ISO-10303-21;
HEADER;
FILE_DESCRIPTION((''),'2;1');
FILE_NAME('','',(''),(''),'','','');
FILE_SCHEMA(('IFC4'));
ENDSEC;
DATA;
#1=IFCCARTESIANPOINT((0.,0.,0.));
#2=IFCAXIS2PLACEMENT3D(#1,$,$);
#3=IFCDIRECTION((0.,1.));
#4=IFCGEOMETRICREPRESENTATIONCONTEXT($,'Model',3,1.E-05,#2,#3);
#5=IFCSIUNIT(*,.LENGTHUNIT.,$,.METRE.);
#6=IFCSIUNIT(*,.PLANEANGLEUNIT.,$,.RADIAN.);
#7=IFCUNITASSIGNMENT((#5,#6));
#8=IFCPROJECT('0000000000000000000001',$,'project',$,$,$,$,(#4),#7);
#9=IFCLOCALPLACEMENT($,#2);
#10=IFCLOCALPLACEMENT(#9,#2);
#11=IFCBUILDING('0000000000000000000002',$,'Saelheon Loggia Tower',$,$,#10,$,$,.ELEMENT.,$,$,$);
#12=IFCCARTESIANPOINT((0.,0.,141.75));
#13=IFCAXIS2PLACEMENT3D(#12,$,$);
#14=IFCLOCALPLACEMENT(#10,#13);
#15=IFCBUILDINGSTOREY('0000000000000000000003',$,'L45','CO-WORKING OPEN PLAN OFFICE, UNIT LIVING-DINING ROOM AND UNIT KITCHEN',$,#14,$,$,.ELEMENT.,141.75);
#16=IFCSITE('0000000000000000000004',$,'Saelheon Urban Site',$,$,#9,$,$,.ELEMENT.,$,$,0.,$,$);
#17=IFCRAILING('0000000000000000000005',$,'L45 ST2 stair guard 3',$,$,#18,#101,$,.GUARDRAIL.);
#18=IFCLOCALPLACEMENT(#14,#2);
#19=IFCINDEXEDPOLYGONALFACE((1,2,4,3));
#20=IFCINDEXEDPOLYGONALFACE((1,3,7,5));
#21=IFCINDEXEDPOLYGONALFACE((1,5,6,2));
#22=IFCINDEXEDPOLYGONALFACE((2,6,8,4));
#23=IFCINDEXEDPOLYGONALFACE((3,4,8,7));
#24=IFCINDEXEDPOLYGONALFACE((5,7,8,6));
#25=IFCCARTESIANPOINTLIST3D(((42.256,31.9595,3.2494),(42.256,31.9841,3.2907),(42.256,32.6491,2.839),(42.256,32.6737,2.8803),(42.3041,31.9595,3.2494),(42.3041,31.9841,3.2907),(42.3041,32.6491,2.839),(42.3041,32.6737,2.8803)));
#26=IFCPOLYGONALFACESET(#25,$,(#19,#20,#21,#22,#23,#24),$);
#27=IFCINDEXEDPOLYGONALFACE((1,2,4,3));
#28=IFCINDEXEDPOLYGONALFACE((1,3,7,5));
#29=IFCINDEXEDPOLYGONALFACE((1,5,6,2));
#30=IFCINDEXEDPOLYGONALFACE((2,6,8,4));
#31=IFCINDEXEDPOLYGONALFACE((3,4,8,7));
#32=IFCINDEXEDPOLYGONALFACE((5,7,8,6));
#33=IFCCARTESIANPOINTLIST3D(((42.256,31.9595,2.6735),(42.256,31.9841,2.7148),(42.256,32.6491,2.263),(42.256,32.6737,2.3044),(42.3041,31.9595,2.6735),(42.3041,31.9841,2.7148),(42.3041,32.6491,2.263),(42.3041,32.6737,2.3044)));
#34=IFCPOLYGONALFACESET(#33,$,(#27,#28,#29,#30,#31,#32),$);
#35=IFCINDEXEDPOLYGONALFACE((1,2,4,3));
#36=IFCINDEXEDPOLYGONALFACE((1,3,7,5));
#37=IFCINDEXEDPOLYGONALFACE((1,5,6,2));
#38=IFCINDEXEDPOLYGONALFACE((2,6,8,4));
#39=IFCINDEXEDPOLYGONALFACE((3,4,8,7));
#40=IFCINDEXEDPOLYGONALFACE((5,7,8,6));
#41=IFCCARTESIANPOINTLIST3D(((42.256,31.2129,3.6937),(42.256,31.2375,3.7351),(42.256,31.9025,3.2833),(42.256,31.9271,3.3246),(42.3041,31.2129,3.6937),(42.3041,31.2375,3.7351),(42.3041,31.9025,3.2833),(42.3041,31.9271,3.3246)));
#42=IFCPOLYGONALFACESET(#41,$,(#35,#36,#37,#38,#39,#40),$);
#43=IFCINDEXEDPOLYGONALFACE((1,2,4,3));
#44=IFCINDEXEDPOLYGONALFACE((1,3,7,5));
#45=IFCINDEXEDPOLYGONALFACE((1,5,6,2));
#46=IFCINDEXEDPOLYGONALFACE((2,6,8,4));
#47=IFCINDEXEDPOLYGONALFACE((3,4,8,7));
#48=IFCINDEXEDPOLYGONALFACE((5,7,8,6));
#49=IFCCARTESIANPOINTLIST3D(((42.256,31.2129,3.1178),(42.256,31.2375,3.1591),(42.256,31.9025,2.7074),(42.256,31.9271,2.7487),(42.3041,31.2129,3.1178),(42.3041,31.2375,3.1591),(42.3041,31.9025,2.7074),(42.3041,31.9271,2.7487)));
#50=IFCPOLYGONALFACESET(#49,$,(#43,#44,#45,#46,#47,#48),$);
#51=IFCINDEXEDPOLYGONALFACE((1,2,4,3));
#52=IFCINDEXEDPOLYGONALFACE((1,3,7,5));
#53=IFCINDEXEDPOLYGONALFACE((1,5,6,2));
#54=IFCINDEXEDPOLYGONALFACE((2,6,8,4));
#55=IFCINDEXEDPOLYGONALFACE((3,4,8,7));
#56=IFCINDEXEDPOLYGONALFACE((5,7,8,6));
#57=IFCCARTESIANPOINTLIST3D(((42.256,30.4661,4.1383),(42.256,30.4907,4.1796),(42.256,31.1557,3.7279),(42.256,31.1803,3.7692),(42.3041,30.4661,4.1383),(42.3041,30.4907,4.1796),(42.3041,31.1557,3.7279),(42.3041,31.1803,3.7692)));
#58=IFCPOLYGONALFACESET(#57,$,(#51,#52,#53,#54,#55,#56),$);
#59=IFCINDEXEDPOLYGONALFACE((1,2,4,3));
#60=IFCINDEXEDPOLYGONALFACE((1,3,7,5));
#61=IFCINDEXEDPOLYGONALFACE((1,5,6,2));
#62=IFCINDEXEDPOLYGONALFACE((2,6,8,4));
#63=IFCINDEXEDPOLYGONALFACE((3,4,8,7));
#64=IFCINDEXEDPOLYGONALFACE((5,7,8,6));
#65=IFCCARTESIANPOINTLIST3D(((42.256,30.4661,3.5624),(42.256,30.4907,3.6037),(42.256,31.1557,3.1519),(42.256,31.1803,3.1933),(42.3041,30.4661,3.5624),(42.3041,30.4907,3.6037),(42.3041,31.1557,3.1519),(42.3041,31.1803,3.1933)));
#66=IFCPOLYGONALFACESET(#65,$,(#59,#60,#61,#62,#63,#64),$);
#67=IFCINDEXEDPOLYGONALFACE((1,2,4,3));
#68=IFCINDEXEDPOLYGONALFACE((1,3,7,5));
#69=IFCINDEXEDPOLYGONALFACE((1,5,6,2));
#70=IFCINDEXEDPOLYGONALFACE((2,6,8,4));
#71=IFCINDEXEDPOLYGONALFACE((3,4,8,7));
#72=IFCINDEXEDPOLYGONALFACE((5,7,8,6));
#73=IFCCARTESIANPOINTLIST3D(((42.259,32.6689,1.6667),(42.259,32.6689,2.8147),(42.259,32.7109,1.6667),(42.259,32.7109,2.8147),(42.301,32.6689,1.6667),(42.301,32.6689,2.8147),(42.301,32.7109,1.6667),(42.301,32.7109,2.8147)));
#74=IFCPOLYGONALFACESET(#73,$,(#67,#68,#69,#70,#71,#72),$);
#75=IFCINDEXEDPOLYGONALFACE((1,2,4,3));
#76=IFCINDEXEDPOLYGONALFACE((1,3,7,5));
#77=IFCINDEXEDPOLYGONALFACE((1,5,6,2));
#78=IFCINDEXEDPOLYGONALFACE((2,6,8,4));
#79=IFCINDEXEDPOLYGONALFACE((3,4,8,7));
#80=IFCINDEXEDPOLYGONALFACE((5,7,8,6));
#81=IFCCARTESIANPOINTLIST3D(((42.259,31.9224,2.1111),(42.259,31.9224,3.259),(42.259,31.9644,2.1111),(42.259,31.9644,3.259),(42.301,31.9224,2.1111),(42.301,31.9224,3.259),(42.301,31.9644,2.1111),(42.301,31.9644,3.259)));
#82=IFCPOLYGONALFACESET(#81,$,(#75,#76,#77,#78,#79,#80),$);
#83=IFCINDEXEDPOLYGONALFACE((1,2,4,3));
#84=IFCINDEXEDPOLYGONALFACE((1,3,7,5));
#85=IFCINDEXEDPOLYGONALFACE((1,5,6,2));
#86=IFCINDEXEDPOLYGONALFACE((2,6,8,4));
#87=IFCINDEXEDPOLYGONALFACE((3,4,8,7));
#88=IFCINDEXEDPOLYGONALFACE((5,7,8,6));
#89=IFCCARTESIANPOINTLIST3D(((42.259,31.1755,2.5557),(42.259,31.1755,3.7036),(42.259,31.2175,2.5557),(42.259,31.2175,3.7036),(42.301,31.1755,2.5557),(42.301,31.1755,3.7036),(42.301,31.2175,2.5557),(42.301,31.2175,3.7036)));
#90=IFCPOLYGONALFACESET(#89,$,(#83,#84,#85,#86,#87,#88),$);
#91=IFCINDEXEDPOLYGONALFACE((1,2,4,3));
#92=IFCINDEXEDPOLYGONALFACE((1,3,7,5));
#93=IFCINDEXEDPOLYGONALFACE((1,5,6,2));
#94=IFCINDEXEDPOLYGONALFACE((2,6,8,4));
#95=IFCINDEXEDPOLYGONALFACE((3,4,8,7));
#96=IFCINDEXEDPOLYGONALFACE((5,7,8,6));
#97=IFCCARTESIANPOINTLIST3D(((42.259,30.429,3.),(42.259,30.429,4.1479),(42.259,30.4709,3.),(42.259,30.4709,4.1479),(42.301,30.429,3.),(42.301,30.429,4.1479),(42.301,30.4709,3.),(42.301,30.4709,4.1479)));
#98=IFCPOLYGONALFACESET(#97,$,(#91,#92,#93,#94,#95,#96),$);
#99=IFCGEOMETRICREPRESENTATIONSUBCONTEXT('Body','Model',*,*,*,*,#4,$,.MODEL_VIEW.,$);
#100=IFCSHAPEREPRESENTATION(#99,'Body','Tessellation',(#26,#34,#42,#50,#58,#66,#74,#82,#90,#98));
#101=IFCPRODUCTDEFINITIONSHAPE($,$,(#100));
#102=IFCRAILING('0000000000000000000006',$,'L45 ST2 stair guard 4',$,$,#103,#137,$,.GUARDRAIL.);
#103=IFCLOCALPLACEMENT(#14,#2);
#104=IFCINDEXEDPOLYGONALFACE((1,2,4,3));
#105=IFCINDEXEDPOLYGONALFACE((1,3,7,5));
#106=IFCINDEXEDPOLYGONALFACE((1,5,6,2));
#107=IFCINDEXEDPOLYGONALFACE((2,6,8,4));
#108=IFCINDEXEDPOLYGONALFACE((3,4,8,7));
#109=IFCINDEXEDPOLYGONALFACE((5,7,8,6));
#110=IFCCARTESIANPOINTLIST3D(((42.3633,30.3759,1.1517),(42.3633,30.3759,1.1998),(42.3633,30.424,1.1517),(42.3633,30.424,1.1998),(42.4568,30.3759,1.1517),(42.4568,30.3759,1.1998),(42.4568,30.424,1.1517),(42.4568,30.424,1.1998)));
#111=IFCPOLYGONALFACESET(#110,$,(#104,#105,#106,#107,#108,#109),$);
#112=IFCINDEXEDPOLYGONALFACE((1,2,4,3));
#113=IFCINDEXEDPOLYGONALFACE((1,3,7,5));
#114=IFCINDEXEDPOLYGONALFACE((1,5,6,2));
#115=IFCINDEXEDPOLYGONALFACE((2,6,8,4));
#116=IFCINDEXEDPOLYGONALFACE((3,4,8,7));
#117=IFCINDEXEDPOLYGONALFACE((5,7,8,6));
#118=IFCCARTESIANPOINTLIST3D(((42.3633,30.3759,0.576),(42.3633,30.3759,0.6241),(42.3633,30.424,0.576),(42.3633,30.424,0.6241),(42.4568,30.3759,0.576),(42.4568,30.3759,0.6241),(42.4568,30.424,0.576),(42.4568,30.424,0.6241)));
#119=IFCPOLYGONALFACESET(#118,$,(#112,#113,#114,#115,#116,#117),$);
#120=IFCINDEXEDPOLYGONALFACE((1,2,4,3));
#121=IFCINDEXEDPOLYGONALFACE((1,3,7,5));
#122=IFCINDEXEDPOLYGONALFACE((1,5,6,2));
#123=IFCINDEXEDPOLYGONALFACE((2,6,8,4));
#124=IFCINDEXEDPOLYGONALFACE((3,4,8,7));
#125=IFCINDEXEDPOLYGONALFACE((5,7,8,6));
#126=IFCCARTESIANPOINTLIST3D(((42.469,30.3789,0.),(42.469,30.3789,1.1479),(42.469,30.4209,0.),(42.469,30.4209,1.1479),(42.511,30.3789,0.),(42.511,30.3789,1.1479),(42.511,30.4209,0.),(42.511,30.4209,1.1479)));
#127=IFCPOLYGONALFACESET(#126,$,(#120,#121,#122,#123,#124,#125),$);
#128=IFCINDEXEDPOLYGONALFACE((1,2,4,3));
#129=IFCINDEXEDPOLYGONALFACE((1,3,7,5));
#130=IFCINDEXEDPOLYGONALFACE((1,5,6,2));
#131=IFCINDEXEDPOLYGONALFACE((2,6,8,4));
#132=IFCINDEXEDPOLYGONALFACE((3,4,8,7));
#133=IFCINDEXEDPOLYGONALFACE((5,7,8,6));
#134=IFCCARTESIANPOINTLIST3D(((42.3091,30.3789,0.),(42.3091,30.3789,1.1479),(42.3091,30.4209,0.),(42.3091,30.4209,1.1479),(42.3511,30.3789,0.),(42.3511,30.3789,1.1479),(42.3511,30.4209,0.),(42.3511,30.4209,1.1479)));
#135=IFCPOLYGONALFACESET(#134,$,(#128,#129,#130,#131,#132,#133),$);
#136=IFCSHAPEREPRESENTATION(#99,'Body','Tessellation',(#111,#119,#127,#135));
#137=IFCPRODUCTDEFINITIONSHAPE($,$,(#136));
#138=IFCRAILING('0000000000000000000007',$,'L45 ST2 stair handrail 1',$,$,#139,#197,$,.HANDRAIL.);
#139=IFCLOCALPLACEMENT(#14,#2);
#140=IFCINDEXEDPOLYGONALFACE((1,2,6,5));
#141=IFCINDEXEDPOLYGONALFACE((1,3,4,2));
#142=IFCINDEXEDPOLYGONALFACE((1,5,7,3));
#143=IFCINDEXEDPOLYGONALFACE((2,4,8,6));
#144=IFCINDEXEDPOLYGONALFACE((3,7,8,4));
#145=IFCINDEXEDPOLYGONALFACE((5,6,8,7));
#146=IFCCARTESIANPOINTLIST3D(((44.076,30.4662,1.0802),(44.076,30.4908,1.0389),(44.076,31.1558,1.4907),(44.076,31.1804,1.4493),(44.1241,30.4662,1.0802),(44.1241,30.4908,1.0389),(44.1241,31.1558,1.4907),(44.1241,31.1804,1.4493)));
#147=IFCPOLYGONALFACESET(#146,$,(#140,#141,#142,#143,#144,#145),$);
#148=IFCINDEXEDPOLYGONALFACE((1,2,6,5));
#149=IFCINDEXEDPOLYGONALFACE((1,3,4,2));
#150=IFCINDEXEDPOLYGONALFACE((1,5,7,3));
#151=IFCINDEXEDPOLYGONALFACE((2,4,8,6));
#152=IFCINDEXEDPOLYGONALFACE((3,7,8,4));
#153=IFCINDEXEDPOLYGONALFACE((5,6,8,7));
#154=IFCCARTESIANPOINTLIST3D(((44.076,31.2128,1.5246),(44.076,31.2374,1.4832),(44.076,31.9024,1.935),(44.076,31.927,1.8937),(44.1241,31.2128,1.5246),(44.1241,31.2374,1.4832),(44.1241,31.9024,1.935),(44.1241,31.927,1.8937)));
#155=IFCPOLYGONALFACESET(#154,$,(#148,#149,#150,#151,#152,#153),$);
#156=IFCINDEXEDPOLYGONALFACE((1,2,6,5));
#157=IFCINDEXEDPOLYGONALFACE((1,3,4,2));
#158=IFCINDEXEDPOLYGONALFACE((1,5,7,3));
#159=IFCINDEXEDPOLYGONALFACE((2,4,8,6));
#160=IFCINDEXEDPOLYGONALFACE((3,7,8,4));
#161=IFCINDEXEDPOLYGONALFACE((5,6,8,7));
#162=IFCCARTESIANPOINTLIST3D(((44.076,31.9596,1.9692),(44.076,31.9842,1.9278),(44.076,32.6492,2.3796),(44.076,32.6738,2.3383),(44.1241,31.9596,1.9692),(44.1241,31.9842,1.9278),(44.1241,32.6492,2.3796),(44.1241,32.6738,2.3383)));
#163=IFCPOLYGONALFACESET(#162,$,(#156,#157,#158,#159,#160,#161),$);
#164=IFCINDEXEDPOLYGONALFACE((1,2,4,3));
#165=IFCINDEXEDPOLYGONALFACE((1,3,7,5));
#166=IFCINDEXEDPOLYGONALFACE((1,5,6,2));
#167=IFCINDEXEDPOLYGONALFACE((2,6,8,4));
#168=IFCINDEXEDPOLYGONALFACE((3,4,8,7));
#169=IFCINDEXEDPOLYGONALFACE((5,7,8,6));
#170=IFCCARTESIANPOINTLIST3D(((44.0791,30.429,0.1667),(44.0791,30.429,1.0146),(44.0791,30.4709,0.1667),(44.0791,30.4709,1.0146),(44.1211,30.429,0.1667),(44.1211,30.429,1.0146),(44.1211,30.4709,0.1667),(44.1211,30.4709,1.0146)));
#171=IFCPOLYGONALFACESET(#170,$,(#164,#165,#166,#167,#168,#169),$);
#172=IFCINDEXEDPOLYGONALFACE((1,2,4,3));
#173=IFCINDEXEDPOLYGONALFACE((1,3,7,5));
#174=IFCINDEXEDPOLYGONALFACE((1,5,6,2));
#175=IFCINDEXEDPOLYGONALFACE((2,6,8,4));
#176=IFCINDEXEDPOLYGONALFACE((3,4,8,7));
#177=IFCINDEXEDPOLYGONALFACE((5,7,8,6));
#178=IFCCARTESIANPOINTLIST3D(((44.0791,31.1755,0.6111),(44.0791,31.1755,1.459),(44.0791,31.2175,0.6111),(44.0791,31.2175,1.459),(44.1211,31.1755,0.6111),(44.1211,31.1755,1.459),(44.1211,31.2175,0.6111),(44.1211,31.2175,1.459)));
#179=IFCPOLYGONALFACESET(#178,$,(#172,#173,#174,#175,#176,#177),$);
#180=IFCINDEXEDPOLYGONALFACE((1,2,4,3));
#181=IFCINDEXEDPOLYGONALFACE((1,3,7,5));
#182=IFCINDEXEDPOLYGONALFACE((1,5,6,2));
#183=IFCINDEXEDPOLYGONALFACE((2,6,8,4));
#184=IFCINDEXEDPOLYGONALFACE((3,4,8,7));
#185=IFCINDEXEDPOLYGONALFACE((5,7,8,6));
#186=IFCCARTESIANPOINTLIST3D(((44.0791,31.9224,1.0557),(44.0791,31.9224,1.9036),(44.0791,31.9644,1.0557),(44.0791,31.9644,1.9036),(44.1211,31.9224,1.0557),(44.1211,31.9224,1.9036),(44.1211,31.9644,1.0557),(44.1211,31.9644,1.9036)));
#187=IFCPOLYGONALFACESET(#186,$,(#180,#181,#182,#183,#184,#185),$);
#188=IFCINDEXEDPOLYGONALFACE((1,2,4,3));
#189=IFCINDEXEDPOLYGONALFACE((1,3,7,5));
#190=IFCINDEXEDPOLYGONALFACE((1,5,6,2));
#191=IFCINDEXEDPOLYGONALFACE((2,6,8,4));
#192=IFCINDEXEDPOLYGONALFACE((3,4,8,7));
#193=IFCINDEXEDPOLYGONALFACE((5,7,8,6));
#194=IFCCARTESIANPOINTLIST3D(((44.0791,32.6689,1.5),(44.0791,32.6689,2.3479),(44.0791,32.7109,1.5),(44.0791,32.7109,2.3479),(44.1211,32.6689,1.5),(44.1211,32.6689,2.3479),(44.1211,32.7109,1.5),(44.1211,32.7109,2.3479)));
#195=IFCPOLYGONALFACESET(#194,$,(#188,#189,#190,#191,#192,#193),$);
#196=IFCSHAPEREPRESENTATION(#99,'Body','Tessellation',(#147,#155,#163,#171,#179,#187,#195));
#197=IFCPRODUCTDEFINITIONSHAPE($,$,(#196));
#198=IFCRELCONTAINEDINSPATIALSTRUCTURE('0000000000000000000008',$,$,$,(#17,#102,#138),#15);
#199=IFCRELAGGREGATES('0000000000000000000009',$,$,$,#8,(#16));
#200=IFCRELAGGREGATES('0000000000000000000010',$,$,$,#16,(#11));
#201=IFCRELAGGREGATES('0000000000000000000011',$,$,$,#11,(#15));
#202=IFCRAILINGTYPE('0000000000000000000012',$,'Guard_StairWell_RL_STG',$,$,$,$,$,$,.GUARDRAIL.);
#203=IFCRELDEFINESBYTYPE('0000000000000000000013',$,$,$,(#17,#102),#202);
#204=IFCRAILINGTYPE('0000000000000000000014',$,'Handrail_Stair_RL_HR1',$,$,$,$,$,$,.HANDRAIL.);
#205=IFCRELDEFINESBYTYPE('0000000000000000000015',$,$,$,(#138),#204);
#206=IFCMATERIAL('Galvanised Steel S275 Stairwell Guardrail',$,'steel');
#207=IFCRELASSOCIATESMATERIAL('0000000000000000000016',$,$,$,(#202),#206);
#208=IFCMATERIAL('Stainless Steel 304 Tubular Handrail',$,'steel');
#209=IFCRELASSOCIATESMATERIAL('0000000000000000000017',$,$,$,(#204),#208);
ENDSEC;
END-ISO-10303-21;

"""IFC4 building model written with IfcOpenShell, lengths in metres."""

from ifc_helpers import new_model, si_unit, direction, frame, origin, origin_2d, place, context, subcontext, project, spatial, rectangle, extrude, material, type_object, element, save


model = new_model("IFC4")

# Units and contexts
model_context = context("Model", 3, precision=1e-05, world=origin(), true_north=direction((0.0, 1.0)))
body_context = subcontext(model_context, "Body", "Model", "MODEL_VIEW")
ifc_project = project(units=[si_unit("LENGTHUNIT", "METRE"), si_unit("PLANEANGLEUNIT", "RADIAN")], contexts=[model_context])

# Site, building, storey
site_placement = place(None, origin())
site = spatial("IfcSite", under=ifc_project, at=site_placement, Name="Saelheon Urban Site", CompositionType="ELEMENT", RefElevation=0.0)
building_placement = place(site_placement, origin())
building = spatial("IfcBuilding", under=site, at=building_placement, Name="Saelheon Loggia Tower", CompositionType="ELEMENT")
storey_placement = place(building_placement, frame((0.0, 0.0, 141.75)))
storey = spatial("IfcBuildingStorey", under=building, at=storey_placement, Name="L45", Description="CO-WORKING OPEN PLAN OFFICE, UNIT LIVING-DINING ROOM AND UNIT KITCHEN", CompositionType="ELEMENT", Elevation=141.75)

# Railings
ifc_material_1 = material(Name="Galvanised Steel S275 Stairwell Guardrail", Category="steel")
railing_type_1 = type_object("IfcRailingType", Name="Guard_StairWell_RL_STG", PredefinedType="GUARDRAIL", material=ifc_material_1)
railing_1_placement = place(storey_placement, frame((42.28, 32.6899, 1.6667)))
element("IfcRailing", 1, at=railing_1_placement, inside=storey, type_object=railing_type_1, Name="L45 ST2 stair guard 3", PredefinedType="GUARDRAIL", context=body_context, shape_type="SweptSolid", body=[
    extrude(rectangle(XDim=0.0481, YDim=0.0481, at=origin_2d()), frame((0.0, -0.0286, 1.1929), z_axis=(0.0, -0.859306, 0.511462), x_axis=(1.0, 0.0, 0.0)), (0.0, 0.0, 1.0), 0.8025),
    extrude(rectangle(XDim=0.0481, YDim=0.0481, at=origin_2d()), frame((0.0, -0.0286, 0.6169), z_axis=(0.0, -0.859306, 0.511462), x_axis=(1.0, 0.0, 0.0)), (0.0, 0.0, 1.0), 0.8025),
    extrude(rectangle(XDim=0.0481, YDim=0.0481, at=origin_2d()), frame((0.0, -0.7751, 1.6372), z_axis=(0.0, -0.859306, 0.511462), x_axis=(1.0, 0.0, 0.0)), (0.0, 0.0, 1.0), 0.8025),
    extrude(rectangle(XDim=0.0481, YDim=0.0481, at=origin_2d()), frame((0.0, -0.7751, 1.0613), z_axis=(0.0, -0.859306, 0.511462), x_axis=(1.0, 0.0, 0.0)), (0.0, 0.0, 1.0), 0.8025),
    extrude(rectangle(XDim=0.0481, YDim=0.0481, at=origin_2d()), frame((0.0, -1.522, 2.0818), z_axis=(0.0, -0.859306, 0.511462), x_axis=(1.0, 0.0, 0.0)), (0.0, 0.0, 1.0), 0.8025),
    extrude(rectangle(XDim=0.0481, YDim=0.0481, at=origin_2d()), frame((0.0, -1.522, 1.5059), z_axis=(0.0, -0.859306, 0.511462), x_axis=(1.0, 0.0, 0.0)), (0.0, 0.0, 1.0), 0.8025),
    extrude(rectangle(XDim=0.042, YDim=0.042, at=origin_2d()), origin(), (0.0, 0.0, 1.0), 1.1479),
    extrude(rectangle(XDim=0.042, YDim=0.042, at=origin_2d()), frame((0.0, -0.7466, 0.4443)), (0.0, 0.0, 1.0), 1.1479),
    extrude(rectangle(XDim=0.042, YDim=0.042, at=origin_2d()), frame((0.0, -1.4934, 0.8889)), (0.0, 0.0, 1.0), 1.1479),
    extrude(rectangle(XDim=0.042, YDim=0.042, at=origin_2d()), frame((0.0, -2.24, 1.3333)), (0.0, 0.0, 1.0), 1.1479),
])
railing_2_placement = place(storey_placement, frame((42.49, 30.3999, 0.0)))
element("IfcRailing", 2, at=railing_2_placement, inside=storey, type_object=railing_type_1, Name="L45 ST2 stair guard 4", PredefinedType="GUARDRAIL", context=body_context, shape_type="SweptSolid", body=[
    extrude(rectangle(XDim=0.0481, YDim=0.0481, at=origin_2d()), frame((-0.0332, 0.0, 1.1758), z_axis=(-1.0, 0.0, 0.0), x_axis=(0.0, -1.0, 0.0)), (0.0, 0.0, 1.0), 0.0935),
    extrude(rectangle(XDim=0.0481, YDim=0.0481, at=origin_2d()), frame((-0.0332, 0.0, 0.6001), z_axis=(-1.0, 0.0, 0.0), x_axis=(0.0, -1.0, 0.0)), (0.0, 0.0, 1.0), 0.0935),
    extrude(rectangle(XDim=0.042, YDim=0.042, at=origin_2d()), origin(), (0.0, 0.0, 1.0), 1.1479),
    extrude(rectangle(XDim=0.042, YDim=0.042, at=origin_2d()), frame((-0.1599, 0.0, 0.0)), (0.0, 0.0, 1.0), 1.1479),
])
ifc_material_2 = material(Name="Stainless Steel 304 Tubular Handrail", Category="steel")
railing_type_2 = type_object("IfcRailingType", Name="Handrail_Stair_RL_HR1", PredefinedType="HANDRAIL", material=ifc_material_2)
railing_3_placement = place(storey_placement, frame((44.1001, 30.45, 0.1667)))
element("IfcRailing", 3, at=railing_3_placement, inside=storey, type_object=railing_type_2, Name="L45 ST2 stair handrail 1", PredefinedType="HANDRAIL", context=body_context, shape_type="SweptSolid", body=[
    extrude(rectangle(XDim=0.0481, YDim=0.0481, at=origin_2d()), frame((0.0, 0.0286, 0.8928), z_axis=(0.0, 0.859306, 0.511462), x_axis=(-1.0, 0.0, 0.0)), (0.0, 0.0, 1.0), 0.8025),
    extrude(rectangle(XDim=0.0481, YDim=0.0481, at=origin_2d()), frame((0.0, 0.7751, 1.3372), z_axis=(0.0, 0.859306, 0.511462), x_axis=(-1.0, 0.0, 0.0)), (0.0, 0.0, 1.0), 0.8025),
    extrude(rectangle(XDim=0.0481, YDim=0.0481, at=origin_2d()), frame((0.0, 1.522, 1.7817), z_axis=(0.0, 0.859306, 0.511462), x_axis=(-1.0, 0.0, 0.0)), (0.0, 0.0, 1.0), 0.8025),
    extrude(rectangle(XDim=0.042, YDim=0.042, at=origin_2d()), origin(), (0.0, 0.0, 1.0), 0.8479),
    extrude(rectangle(XDim=0.042, YDim=0.042, at=origin_2d()), frame((0.0, 0.7466, 0.4443)), (0.0, 0.0, 1.0), 0.8479),
    extrude(rectangle(XDim=0.042, YDim=0.042, at=origin_2d()), frame((0.0, 1.4934, 0.8889)), (0.0, 0.0, 1.0), 0.8479),
    extrude(rectangle(XDim=0.042, YDim=0.042, at=origin_2d()), frame((0.0, 2.24, 1.3333)), (0.0, 0.0, 1.0), 0.8479),
])

save(model, "model.ifc")
